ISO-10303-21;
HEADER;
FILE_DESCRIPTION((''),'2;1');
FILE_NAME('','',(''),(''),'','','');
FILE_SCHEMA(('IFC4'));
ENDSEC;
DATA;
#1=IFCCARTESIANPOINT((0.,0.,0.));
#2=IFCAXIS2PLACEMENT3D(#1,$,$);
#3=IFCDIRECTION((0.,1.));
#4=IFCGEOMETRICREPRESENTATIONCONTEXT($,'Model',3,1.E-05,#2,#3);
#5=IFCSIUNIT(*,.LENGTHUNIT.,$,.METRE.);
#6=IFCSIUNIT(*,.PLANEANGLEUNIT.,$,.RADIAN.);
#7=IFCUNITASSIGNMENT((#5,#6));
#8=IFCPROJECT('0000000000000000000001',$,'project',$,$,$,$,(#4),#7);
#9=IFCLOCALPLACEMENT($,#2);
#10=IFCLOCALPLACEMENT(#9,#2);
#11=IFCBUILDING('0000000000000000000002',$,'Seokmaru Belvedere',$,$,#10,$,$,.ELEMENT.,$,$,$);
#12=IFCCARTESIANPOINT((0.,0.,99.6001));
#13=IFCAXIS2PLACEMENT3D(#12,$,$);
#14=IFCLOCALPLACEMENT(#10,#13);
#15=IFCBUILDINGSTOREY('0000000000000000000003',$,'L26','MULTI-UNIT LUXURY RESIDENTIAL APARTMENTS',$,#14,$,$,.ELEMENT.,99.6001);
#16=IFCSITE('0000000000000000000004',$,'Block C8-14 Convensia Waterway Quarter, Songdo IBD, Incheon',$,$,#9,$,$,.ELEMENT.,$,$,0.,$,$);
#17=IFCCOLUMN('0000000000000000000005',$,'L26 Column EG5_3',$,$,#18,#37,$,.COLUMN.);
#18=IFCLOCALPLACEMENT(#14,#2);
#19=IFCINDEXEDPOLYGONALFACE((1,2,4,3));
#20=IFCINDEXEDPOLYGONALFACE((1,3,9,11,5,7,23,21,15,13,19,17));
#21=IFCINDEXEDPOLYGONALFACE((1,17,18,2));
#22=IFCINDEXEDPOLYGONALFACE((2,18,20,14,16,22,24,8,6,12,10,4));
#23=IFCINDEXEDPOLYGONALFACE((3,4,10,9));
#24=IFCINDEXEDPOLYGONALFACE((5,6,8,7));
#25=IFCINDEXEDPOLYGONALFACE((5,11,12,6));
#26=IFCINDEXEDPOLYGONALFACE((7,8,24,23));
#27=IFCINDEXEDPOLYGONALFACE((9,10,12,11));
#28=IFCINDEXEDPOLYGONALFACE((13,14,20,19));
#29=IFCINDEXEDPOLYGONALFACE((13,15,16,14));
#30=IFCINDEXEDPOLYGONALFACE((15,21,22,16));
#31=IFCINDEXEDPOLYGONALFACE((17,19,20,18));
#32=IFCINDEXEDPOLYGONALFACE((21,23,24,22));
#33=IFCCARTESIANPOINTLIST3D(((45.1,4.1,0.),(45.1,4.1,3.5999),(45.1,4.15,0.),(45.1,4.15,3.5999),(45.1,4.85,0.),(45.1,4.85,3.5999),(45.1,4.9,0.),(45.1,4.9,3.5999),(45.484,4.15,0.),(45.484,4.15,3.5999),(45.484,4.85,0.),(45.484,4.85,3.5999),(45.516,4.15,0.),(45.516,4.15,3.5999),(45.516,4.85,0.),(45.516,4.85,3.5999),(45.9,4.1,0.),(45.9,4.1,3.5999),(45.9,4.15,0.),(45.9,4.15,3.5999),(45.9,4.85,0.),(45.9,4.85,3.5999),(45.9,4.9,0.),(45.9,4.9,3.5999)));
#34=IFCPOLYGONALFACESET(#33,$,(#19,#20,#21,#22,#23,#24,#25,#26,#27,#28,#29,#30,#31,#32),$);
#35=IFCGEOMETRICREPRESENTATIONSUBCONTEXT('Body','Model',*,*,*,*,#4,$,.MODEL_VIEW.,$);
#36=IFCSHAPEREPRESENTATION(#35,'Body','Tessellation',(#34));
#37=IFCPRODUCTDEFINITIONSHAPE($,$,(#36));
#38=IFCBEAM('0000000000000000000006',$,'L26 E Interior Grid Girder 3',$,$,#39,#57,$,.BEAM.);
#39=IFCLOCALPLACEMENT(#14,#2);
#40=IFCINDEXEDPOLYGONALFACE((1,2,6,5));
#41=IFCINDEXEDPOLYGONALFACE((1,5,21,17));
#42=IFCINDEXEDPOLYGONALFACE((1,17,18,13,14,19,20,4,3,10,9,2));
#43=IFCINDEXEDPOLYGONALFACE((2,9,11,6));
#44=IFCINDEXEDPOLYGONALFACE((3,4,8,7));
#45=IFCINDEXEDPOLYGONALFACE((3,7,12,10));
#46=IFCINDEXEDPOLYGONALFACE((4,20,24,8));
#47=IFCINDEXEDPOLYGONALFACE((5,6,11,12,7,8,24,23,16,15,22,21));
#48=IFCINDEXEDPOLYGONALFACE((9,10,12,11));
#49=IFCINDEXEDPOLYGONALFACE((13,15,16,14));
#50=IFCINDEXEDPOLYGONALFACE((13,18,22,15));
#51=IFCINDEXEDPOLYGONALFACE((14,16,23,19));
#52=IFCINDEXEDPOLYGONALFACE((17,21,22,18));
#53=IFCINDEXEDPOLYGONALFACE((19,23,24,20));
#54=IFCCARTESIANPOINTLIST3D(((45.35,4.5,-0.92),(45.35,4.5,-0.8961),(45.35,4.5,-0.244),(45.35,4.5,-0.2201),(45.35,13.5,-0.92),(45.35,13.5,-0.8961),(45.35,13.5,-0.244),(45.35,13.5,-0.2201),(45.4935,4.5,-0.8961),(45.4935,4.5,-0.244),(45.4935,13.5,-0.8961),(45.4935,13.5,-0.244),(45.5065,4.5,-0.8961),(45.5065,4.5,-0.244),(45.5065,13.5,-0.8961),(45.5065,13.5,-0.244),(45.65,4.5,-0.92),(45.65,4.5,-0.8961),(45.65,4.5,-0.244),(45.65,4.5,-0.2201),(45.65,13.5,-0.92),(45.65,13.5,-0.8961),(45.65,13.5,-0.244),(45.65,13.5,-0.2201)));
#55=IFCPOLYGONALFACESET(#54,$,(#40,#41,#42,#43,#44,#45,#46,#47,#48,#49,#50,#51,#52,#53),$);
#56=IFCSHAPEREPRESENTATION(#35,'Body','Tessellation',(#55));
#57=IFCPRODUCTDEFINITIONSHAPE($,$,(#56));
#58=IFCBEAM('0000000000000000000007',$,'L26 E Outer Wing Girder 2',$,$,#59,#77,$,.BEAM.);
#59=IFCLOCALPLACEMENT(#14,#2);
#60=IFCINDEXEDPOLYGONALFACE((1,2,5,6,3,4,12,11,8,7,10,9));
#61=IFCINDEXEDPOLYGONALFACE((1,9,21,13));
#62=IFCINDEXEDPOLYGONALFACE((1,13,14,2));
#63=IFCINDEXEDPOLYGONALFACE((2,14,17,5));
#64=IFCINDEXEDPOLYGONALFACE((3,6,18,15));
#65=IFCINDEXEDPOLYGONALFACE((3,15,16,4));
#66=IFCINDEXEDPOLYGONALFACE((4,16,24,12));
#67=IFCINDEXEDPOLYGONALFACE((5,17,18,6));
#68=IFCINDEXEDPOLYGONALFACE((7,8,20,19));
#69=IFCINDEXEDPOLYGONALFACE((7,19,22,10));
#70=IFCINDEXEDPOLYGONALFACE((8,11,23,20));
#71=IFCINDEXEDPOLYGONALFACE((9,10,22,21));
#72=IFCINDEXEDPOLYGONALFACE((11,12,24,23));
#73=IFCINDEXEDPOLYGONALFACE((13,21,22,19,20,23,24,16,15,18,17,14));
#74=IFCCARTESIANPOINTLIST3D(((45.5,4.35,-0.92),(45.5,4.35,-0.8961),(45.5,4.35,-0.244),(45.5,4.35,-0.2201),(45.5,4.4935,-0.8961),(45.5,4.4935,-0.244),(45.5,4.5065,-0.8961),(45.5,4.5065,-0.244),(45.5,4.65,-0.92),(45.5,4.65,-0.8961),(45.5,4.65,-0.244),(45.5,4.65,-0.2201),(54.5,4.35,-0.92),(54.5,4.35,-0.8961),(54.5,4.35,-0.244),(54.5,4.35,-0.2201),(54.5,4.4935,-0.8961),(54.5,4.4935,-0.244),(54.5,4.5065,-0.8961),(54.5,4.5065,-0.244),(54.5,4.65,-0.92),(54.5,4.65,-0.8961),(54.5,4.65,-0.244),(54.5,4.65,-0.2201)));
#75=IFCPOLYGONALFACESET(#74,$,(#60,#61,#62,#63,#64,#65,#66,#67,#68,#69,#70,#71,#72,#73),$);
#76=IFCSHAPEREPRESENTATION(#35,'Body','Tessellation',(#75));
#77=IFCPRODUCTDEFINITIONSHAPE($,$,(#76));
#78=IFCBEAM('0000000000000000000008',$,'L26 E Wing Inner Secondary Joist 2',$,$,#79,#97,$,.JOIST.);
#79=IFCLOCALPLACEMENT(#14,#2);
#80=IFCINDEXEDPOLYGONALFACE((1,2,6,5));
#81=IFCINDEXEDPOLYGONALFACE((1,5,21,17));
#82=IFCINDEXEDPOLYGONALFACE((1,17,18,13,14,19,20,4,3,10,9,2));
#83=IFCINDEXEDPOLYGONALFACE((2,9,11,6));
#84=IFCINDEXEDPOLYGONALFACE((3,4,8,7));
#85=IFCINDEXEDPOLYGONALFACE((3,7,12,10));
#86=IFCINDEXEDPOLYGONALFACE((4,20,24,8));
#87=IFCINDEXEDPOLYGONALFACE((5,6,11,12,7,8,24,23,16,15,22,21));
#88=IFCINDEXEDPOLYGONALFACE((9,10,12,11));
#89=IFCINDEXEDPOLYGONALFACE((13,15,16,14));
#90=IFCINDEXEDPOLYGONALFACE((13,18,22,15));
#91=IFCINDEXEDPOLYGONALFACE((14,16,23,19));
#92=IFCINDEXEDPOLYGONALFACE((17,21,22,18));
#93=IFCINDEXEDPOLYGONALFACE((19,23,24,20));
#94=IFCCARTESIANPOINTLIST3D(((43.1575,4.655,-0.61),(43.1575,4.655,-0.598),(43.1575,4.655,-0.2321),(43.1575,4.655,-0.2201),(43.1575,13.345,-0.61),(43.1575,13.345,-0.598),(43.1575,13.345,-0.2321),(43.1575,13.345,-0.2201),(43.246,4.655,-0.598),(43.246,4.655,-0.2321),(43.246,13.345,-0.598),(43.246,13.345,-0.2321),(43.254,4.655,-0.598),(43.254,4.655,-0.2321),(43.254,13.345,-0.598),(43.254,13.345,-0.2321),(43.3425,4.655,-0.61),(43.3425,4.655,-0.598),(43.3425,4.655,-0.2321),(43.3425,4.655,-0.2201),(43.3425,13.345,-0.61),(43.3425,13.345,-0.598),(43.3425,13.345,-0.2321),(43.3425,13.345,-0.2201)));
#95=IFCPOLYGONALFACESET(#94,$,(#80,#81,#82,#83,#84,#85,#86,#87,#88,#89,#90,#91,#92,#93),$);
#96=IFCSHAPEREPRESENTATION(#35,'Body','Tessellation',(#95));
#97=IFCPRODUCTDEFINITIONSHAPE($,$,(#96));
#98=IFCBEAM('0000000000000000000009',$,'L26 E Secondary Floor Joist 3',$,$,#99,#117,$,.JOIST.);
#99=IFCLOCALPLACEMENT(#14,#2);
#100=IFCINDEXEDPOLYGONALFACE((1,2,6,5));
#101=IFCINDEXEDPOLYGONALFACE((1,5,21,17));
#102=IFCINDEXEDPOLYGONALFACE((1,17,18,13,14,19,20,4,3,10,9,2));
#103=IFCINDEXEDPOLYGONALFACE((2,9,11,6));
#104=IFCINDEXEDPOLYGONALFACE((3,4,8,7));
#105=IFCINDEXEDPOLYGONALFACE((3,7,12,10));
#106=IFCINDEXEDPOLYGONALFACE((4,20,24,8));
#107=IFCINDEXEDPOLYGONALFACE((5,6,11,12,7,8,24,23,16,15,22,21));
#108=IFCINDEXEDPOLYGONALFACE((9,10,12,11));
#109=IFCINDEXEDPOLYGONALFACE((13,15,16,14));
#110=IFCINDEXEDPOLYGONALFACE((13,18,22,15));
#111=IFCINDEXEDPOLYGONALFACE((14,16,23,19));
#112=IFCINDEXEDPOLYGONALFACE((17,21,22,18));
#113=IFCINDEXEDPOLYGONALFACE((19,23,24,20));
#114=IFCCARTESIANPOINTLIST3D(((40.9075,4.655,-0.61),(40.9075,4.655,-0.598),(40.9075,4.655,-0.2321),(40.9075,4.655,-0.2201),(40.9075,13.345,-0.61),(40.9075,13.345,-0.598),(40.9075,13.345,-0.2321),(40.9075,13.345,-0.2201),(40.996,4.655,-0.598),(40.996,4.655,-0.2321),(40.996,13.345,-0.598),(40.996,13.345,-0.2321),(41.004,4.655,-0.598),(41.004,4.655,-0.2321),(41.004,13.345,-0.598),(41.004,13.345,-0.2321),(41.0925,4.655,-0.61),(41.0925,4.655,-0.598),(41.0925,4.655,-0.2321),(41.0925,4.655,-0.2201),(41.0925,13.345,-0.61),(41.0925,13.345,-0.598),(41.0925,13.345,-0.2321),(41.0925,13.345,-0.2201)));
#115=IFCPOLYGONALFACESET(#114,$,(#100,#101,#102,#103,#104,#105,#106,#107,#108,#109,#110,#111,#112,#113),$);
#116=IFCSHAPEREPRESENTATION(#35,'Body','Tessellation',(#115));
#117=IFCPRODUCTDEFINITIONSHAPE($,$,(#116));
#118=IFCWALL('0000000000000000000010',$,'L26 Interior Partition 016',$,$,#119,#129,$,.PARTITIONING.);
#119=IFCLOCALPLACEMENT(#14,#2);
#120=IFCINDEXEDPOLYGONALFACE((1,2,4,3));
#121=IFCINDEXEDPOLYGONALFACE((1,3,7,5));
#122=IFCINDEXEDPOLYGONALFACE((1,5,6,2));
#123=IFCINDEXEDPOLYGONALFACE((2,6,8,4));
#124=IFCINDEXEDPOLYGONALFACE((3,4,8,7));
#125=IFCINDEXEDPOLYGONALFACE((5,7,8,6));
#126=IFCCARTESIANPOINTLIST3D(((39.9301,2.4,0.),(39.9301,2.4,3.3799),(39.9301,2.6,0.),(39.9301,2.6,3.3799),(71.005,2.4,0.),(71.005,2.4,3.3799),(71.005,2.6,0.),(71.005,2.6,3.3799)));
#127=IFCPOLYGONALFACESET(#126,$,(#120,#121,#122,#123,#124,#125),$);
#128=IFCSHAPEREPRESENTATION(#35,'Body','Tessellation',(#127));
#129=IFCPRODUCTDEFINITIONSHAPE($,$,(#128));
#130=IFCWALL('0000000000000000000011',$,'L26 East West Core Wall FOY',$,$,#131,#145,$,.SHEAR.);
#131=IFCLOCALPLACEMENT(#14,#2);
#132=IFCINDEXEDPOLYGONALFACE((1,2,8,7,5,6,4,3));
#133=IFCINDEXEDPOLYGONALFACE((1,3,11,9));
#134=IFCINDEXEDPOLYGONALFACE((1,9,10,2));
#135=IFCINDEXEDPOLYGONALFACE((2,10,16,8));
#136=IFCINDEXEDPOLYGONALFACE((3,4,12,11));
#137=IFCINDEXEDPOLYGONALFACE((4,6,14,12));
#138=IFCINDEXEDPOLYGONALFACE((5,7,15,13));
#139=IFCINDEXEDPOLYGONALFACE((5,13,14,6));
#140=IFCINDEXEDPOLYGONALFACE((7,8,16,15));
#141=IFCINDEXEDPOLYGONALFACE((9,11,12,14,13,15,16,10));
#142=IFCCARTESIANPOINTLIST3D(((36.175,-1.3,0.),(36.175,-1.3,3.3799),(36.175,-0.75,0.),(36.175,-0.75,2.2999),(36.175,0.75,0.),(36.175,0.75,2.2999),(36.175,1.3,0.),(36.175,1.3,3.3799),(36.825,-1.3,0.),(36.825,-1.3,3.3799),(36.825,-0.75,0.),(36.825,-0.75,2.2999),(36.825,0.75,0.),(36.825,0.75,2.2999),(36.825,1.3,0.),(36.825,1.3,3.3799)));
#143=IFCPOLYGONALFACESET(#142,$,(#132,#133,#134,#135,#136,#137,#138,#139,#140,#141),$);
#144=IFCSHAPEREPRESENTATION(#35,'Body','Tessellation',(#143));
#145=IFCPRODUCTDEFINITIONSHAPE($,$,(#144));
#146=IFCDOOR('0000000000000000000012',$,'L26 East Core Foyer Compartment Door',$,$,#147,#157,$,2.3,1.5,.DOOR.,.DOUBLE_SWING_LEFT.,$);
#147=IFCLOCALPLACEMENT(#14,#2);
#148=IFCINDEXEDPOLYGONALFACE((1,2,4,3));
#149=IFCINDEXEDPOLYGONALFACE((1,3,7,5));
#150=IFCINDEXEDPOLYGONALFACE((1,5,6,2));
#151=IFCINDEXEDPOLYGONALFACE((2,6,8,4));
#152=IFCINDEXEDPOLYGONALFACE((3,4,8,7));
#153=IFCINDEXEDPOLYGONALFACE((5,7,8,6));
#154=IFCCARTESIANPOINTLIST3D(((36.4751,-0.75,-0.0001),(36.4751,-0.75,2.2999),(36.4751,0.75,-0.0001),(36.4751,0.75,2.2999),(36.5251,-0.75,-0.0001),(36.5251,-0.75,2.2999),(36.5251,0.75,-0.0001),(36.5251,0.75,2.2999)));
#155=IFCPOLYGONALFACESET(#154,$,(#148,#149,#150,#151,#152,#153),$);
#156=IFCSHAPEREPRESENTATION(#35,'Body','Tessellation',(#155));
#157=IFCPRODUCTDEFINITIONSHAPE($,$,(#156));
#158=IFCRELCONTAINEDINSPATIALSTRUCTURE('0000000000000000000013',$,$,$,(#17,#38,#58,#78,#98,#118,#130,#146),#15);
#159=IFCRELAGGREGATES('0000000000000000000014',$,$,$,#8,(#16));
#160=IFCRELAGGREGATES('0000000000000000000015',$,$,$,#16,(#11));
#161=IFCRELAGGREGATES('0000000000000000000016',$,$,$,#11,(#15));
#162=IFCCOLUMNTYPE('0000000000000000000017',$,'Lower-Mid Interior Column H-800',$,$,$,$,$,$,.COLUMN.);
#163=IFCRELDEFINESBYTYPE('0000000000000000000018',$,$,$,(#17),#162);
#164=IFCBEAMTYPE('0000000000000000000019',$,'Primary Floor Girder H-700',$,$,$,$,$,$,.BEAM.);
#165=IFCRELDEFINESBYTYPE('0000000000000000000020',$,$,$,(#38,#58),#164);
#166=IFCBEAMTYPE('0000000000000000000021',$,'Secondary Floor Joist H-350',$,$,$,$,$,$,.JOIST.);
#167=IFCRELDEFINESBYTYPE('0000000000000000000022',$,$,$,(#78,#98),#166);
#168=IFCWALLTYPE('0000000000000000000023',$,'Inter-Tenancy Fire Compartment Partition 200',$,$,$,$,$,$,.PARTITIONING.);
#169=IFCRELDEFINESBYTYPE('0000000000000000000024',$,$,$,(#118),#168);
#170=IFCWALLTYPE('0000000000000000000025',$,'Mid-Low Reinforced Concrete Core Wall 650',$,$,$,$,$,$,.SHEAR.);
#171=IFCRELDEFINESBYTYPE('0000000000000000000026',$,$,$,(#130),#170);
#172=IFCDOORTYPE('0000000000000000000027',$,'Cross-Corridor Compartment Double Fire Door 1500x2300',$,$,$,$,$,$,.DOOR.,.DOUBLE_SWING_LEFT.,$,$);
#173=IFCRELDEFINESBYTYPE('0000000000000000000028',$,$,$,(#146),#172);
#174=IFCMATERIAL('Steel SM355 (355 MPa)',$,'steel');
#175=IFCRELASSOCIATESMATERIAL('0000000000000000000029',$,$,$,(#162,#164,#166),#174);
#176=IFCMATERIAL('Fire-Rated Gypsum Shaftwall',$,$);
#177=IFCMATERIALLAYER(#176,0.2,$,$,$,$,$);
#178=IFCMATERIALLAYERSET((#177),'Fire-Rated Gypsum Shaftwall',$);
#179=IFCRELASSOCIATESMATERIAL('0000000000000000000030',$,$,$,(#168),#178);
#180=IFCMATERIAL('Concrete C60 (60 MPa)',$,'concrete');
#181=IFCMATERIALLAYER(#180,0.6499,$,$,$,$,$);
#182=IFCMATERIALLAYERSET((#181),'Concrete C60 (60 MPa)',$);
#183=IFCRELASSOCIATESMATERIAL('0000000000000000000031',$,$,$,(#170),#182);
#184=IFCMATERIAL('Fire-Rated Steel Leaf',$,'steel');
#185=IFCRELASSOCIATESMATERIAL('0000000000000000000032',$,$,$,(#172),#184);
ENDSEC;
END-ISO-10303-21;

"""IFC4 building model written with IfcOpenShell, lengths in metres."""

from ifc_helpers import new_model, si_unit, direction, frame, frame_2d, origin, origin_2d, place, context, subcontext, project, spatial, rectangle, i_section, extrude, source, transform, mapped, material, layer, layer_set, material_profile, profile_set, type_object, type_shapes, element, fill, save


model = new_model("IFC4")

# Units and contexts
model_context = context("Model", 3, precision=1e-05, world=origin(), true_north=direction((0.0, 1.0)))
body_context = subcontext(model_context, "Body", "Model", "MODEL_VIEW")
ifc_project = project(units=[si_unit("LENGTHUNIT", "METRE"), si_unit("PLANEANGLEUNIT", "RADIAN")], contexts=[model_context])

# Site, building, storey
site_placement = place(None, origin())
site = spatial("IfcSite", under=ifc_project, at=site_placement, Name="Block C8-14 Convensia Waterway Quarter, Songdo IBD, Incheon", CompositionType="ELEMENT", RefElevation=0.0)
building_placement = place(site_placement, origin())
building = spatial("IfcBuilding", under=site, at=building_placement, Name="Seokmaru Belvedere", CompositionType="ELEMENT")
storey_placement = place(building_placement, frame((0.0, 0.0, 99.6001)))
storey = spatial("IfcBuildingStorey", under=building, at=storey_placement, Name="L26", Description="MULTI-UNIT LUXURY RESIDENTIAL APARTMENTS", CompositionType="ELEMENT", Elevation=99.6001)

# Column
ifc_material_1 = material(Name="Steel SM355 (355 MPa)", Category="steel")
ifc_material_profile_1 = material_profile(ifc_material_1, i_section(OverallWidth=0.8, OverallDepth=0.8, WebThickness=0.032, FlangeThickness=0.05, at=origin_2d()), Name="H-800x800x32x50")
ifc_profile_set_1 = profile_set([ifc_material_profile_1], Name="Steel SM355 (355 MPa)")
column_type = type_object("IfcColumnType", Name="Lower-Mid Interior Column H-800", PredefinedType="COLUMN", material=ifc_profile_set_1)
shared_shape_1 = source(origin(), body_context, "Body", "SweptSolid", [
    extrude(i_section(OverallWidth=0.8, OverallDepth=0.8, WebThickness=0.032, FlangeThickness=0.05, at=origin_2d()), origin(), (0.0, 0.0, 1.0), 3.5999),
])
type_shapes(column_type, [shared_shape_1])
column_placement = place(storey_placement, frame((45.5, 4.5, 0.0), z_axis=(0.0, 0.0, 1.0), x_axis=(1.0, 0.0, 0.0)))
element("IfcColumn", 1, at=column_placement, inside=storey, type_object=column_type, Name="L26 Column EG5_3", PredefinedType="COLUMN", context=body_context, shape_type="MappedRepresentation", body=[
    mapped(shared_shape_1, transform((0.0, 0.0, 0.0), scale=1.0)),
])

# Beams
ifc_material_profile_2 = material_profile(ifc_material_1, i_section(OverallWidth=0.3, OverallDepth=0.7, WebThickness=0.0129, FlangeThickness=0.0239, at=origin_2d()), Name="H-700x300x13x24")
ifc_profile_set_2 = profile_set([ifc_material_profile_2], Name="Steel SM355 (355 MPa)")
beam_type_1 = type_object("IfcBeamType", Name="Primary Floor Girder H-700", PredefinedType="BEAM", material=ifc_profile_set_2)
shared_shape_2 = source(origin(), body_context, "Body", "SweptSolid", [
    extrude(i_section(OverallWidth=0.3, OverallDepth=0.7, WebThickness=0.0129, FlangeThickness=0.0239, at=origin_2d()), origin(), (0.0, 0.0, 1.0), 9.0),
])
type_shapes(beam_type_1, [shared_shape_2])
for number, where, z_axis, x_axis, name in (
    (2, (45.5, 4.5, -0.5701), (0.0, 1.0, 0.0), (-1.0, 0.0, 0.0), "L26 E Interior Grid Girder 3"),
    (3, (45.5, 4.5, -0.5701), (1.0, 0.0, 0.0), (0.0, 1.0, 0.0), "L26 E Outer Wing Girder 2"),
):
    element("IfcBeam", number, at=place(storey_placement, frame(where, z_axis=z_axis, x_axis=x_axis)), inside=storey, type_object=beam_type_1, Name=name, PredefinedType="BEAM", context=body_context, shape_type="MappedRepresentation", body=[
        mapped(shared_shape_2, transform((0.0, 0.0, 0.0), scale=1.0)),
    ])
ifc_material_profile_3 = material_profile(ifc_material_1, i_section(OverallWidth=0.1851, OverallDepth=0.3899, WebThickness=0.0081, FlangeThickness=0.012, at=origin_2d()), Name="H-390x185x8x12")
ifc_profile_set_3 = profile_set([ifc_material_profile_3], Name="Steel SM355 (355 MPa)")
beam_type_2 = type_object("IfcBeamType", Name="Secondary Floor Joist H-350", PredefinedType="JOIST", material=ifc_profile_set_3)
shared_shape_3 = source(origin(), body_context, "Body", "SweptSolid", [
    extrude(i_section(OverallWidth=0.1851, OverallDepth=0.3899, WebThickness=0.0081, FlangeThickness=0.012, at=origin_2d()), origin(), (0.0, 0.0, 1.0), 8.6899),
])
type_shapes(beam_type_2, [shared_shape_3])
for number, where, z_axis, x_axis, name in (
    (4, (43.25, 4.655, -0.415), (0.0, 1.0, 0.0), (-1.0, 0.0, 0.0), "L26 E Wing Inner Secondary Joist 2"),
    (5, (41.0, 4.655, -0.415), (0.0, 1.0, 0.0), (-1.0, 0.0, 0.0), "L26 E Secondary Floor Joist 3"),
):
    element("IfcBeam", number, at=place(storey_placement, frame(where, z_axis=z_axis, x_axis=x_axis)), inside=storey, type_object=beam_type_2, Name=name, PredefinedType="JOIST", context=body_context, shape_type="MappedRepresentation", body=[
        mapped(shared_shape_3, transform((0.0, 0.0, 0.0), scale=1.0)),
    ])

# Shared definitions
ifc_material_2 = material(Name="Fire-Rated Gypsum Shaftwall")

# Wall
ifc_layer_1 = layer(ifc_material_2, 0.2)
ifc_layer_set_1 = layer_set([ifc_layer_1], Name="Fire-Rated Gypsum Shaftwall")
wall_type_1 = type_object("IfcWallType", Name="Inter-Tenancy Fire Compartment Partition 200", PredefinedType="PARTITIONING", material=ifc_layer_set_1)
wall_1_placement = place(storey_placement, frame((39.9299, 2.5, 0.0), z_axis=(0.0, 0.0, 1.0), x_axis=(1.0, 0.0, 0.0)))
element("IfcWall", 6, at=wall_1_placement, inside=storey, type_object=wall_type_1, Name="L26 Interior Partition 016", PredefinedType="PARTITIONING", context=body_context, shape_type="SweptSolid", body=[
    extrude(rectangle(XDim=31.075, YDim=0.2, at=frame_2d((15.5376, 0.0))), origin(), (0.0, 0.0, 1.0), 3.3799),
])

# Wall, opening, door
ifc_material_3 = material(Name="Concrete C60 (60 MPa)", Category="concrete")
ifc_layer_2 = layer(ifc_material_3, 0.6499)
ifc_layer_set_2 = layer_set([ifc_layer_2], Name="Concrete C60 (60 MPa)")
wall_type_2 = type_object("IfcWallType", Name="Mid-Low Reinforced Concrete Core Wall 650", PredefinedType="SHEAR", material=ifc_layer_set_2)
wall_2_placement = place(storey_placement, frame((36.5, -1.3, 0.0), z_axis=(0.0, 0.0, 1.0), x_axis=(0.0, 1.0, 0.0)))
wall_2 = element("IfcWall", 7, at=wall_2_placement, inside=storey, type_object=wall_type_2, Name="L26 East West Core Wall FOY", PredefinedType="SHEAR", context=body_context, shape_type="SweptSolid", body=[
    extrude(rectangle(XDim=2.6001, YDim=0.6499, at=frame_2d((1.3, 0.0))), origin(), (0.0, 0.0, 1.0), 3.3799),
])
opening_1_placement = place(wall_2_placement, frame((0.55, 0.0, 0.0)))
opening_1 = element("IfcOpeningElement", 8, at=opening_1_placement, cuts=wall_2, PredefinedType="OPENING", context=body_context, shape_type="SweptSolid", body=[
    extrude(rectangle(XDim=1.5, YDim=2.3, at=frame_2d((0.75, 1.1499))), frame((0.0, 0.335, 0.0), z_axis=(0.0, -1.0, 0.0), x_axis=(1.0, 0.0, 0.0)), (0.0, 0.0, 1.0), 0.6699),
])
ifc_material_4 = material(Name="Fire-Rated Steel Leaf", Category="steel")
door_type_1 = type_object("IfcDoorType", Name="Cross-Corridor Compartment Double Fire Door 1500x2300", OperationType="DOUBLE_SWING_LEFT", PredefinedType="DOOR", material=ifc_material_4)
shared_shape_4 = source(origin(), body_context, "Body", "SweptSolid", [
    extrude(rectangle(XDim=1.5, YDim=2.3, at=frame_2d((0.75, 1.1499))), frame((0.0, 0.0249, 0.0), z_axis=(0.0, -1.0, 0.0), x_axis=(1.0, 0.0, 0.0)), (0.0, 0.0, 1.0), 0.05),
])
type_shapes(door_type_1, [shared_shape_4])
door_1_placement = place(opening_1_placement, origin())
door_1 = element("IfcDoor", 9, at=door_1_placement, inside=storey, type_object=door_type_1, Name="L26 East Core Foyer Compartment Door", OperationType="DOUBLE_SWING_LEFT", OverallHeight=2.3, OverallWidth=1.5, PredefinedType="DOOR", context=body_context, shape_type="MappedRepresentation", body=[
    mapped(shared_shape_4, transform((0.0, 0.0, 0.0), scale=1.0)),
])
fill(opening_1, door_1)

save(model, "model.ifc")
